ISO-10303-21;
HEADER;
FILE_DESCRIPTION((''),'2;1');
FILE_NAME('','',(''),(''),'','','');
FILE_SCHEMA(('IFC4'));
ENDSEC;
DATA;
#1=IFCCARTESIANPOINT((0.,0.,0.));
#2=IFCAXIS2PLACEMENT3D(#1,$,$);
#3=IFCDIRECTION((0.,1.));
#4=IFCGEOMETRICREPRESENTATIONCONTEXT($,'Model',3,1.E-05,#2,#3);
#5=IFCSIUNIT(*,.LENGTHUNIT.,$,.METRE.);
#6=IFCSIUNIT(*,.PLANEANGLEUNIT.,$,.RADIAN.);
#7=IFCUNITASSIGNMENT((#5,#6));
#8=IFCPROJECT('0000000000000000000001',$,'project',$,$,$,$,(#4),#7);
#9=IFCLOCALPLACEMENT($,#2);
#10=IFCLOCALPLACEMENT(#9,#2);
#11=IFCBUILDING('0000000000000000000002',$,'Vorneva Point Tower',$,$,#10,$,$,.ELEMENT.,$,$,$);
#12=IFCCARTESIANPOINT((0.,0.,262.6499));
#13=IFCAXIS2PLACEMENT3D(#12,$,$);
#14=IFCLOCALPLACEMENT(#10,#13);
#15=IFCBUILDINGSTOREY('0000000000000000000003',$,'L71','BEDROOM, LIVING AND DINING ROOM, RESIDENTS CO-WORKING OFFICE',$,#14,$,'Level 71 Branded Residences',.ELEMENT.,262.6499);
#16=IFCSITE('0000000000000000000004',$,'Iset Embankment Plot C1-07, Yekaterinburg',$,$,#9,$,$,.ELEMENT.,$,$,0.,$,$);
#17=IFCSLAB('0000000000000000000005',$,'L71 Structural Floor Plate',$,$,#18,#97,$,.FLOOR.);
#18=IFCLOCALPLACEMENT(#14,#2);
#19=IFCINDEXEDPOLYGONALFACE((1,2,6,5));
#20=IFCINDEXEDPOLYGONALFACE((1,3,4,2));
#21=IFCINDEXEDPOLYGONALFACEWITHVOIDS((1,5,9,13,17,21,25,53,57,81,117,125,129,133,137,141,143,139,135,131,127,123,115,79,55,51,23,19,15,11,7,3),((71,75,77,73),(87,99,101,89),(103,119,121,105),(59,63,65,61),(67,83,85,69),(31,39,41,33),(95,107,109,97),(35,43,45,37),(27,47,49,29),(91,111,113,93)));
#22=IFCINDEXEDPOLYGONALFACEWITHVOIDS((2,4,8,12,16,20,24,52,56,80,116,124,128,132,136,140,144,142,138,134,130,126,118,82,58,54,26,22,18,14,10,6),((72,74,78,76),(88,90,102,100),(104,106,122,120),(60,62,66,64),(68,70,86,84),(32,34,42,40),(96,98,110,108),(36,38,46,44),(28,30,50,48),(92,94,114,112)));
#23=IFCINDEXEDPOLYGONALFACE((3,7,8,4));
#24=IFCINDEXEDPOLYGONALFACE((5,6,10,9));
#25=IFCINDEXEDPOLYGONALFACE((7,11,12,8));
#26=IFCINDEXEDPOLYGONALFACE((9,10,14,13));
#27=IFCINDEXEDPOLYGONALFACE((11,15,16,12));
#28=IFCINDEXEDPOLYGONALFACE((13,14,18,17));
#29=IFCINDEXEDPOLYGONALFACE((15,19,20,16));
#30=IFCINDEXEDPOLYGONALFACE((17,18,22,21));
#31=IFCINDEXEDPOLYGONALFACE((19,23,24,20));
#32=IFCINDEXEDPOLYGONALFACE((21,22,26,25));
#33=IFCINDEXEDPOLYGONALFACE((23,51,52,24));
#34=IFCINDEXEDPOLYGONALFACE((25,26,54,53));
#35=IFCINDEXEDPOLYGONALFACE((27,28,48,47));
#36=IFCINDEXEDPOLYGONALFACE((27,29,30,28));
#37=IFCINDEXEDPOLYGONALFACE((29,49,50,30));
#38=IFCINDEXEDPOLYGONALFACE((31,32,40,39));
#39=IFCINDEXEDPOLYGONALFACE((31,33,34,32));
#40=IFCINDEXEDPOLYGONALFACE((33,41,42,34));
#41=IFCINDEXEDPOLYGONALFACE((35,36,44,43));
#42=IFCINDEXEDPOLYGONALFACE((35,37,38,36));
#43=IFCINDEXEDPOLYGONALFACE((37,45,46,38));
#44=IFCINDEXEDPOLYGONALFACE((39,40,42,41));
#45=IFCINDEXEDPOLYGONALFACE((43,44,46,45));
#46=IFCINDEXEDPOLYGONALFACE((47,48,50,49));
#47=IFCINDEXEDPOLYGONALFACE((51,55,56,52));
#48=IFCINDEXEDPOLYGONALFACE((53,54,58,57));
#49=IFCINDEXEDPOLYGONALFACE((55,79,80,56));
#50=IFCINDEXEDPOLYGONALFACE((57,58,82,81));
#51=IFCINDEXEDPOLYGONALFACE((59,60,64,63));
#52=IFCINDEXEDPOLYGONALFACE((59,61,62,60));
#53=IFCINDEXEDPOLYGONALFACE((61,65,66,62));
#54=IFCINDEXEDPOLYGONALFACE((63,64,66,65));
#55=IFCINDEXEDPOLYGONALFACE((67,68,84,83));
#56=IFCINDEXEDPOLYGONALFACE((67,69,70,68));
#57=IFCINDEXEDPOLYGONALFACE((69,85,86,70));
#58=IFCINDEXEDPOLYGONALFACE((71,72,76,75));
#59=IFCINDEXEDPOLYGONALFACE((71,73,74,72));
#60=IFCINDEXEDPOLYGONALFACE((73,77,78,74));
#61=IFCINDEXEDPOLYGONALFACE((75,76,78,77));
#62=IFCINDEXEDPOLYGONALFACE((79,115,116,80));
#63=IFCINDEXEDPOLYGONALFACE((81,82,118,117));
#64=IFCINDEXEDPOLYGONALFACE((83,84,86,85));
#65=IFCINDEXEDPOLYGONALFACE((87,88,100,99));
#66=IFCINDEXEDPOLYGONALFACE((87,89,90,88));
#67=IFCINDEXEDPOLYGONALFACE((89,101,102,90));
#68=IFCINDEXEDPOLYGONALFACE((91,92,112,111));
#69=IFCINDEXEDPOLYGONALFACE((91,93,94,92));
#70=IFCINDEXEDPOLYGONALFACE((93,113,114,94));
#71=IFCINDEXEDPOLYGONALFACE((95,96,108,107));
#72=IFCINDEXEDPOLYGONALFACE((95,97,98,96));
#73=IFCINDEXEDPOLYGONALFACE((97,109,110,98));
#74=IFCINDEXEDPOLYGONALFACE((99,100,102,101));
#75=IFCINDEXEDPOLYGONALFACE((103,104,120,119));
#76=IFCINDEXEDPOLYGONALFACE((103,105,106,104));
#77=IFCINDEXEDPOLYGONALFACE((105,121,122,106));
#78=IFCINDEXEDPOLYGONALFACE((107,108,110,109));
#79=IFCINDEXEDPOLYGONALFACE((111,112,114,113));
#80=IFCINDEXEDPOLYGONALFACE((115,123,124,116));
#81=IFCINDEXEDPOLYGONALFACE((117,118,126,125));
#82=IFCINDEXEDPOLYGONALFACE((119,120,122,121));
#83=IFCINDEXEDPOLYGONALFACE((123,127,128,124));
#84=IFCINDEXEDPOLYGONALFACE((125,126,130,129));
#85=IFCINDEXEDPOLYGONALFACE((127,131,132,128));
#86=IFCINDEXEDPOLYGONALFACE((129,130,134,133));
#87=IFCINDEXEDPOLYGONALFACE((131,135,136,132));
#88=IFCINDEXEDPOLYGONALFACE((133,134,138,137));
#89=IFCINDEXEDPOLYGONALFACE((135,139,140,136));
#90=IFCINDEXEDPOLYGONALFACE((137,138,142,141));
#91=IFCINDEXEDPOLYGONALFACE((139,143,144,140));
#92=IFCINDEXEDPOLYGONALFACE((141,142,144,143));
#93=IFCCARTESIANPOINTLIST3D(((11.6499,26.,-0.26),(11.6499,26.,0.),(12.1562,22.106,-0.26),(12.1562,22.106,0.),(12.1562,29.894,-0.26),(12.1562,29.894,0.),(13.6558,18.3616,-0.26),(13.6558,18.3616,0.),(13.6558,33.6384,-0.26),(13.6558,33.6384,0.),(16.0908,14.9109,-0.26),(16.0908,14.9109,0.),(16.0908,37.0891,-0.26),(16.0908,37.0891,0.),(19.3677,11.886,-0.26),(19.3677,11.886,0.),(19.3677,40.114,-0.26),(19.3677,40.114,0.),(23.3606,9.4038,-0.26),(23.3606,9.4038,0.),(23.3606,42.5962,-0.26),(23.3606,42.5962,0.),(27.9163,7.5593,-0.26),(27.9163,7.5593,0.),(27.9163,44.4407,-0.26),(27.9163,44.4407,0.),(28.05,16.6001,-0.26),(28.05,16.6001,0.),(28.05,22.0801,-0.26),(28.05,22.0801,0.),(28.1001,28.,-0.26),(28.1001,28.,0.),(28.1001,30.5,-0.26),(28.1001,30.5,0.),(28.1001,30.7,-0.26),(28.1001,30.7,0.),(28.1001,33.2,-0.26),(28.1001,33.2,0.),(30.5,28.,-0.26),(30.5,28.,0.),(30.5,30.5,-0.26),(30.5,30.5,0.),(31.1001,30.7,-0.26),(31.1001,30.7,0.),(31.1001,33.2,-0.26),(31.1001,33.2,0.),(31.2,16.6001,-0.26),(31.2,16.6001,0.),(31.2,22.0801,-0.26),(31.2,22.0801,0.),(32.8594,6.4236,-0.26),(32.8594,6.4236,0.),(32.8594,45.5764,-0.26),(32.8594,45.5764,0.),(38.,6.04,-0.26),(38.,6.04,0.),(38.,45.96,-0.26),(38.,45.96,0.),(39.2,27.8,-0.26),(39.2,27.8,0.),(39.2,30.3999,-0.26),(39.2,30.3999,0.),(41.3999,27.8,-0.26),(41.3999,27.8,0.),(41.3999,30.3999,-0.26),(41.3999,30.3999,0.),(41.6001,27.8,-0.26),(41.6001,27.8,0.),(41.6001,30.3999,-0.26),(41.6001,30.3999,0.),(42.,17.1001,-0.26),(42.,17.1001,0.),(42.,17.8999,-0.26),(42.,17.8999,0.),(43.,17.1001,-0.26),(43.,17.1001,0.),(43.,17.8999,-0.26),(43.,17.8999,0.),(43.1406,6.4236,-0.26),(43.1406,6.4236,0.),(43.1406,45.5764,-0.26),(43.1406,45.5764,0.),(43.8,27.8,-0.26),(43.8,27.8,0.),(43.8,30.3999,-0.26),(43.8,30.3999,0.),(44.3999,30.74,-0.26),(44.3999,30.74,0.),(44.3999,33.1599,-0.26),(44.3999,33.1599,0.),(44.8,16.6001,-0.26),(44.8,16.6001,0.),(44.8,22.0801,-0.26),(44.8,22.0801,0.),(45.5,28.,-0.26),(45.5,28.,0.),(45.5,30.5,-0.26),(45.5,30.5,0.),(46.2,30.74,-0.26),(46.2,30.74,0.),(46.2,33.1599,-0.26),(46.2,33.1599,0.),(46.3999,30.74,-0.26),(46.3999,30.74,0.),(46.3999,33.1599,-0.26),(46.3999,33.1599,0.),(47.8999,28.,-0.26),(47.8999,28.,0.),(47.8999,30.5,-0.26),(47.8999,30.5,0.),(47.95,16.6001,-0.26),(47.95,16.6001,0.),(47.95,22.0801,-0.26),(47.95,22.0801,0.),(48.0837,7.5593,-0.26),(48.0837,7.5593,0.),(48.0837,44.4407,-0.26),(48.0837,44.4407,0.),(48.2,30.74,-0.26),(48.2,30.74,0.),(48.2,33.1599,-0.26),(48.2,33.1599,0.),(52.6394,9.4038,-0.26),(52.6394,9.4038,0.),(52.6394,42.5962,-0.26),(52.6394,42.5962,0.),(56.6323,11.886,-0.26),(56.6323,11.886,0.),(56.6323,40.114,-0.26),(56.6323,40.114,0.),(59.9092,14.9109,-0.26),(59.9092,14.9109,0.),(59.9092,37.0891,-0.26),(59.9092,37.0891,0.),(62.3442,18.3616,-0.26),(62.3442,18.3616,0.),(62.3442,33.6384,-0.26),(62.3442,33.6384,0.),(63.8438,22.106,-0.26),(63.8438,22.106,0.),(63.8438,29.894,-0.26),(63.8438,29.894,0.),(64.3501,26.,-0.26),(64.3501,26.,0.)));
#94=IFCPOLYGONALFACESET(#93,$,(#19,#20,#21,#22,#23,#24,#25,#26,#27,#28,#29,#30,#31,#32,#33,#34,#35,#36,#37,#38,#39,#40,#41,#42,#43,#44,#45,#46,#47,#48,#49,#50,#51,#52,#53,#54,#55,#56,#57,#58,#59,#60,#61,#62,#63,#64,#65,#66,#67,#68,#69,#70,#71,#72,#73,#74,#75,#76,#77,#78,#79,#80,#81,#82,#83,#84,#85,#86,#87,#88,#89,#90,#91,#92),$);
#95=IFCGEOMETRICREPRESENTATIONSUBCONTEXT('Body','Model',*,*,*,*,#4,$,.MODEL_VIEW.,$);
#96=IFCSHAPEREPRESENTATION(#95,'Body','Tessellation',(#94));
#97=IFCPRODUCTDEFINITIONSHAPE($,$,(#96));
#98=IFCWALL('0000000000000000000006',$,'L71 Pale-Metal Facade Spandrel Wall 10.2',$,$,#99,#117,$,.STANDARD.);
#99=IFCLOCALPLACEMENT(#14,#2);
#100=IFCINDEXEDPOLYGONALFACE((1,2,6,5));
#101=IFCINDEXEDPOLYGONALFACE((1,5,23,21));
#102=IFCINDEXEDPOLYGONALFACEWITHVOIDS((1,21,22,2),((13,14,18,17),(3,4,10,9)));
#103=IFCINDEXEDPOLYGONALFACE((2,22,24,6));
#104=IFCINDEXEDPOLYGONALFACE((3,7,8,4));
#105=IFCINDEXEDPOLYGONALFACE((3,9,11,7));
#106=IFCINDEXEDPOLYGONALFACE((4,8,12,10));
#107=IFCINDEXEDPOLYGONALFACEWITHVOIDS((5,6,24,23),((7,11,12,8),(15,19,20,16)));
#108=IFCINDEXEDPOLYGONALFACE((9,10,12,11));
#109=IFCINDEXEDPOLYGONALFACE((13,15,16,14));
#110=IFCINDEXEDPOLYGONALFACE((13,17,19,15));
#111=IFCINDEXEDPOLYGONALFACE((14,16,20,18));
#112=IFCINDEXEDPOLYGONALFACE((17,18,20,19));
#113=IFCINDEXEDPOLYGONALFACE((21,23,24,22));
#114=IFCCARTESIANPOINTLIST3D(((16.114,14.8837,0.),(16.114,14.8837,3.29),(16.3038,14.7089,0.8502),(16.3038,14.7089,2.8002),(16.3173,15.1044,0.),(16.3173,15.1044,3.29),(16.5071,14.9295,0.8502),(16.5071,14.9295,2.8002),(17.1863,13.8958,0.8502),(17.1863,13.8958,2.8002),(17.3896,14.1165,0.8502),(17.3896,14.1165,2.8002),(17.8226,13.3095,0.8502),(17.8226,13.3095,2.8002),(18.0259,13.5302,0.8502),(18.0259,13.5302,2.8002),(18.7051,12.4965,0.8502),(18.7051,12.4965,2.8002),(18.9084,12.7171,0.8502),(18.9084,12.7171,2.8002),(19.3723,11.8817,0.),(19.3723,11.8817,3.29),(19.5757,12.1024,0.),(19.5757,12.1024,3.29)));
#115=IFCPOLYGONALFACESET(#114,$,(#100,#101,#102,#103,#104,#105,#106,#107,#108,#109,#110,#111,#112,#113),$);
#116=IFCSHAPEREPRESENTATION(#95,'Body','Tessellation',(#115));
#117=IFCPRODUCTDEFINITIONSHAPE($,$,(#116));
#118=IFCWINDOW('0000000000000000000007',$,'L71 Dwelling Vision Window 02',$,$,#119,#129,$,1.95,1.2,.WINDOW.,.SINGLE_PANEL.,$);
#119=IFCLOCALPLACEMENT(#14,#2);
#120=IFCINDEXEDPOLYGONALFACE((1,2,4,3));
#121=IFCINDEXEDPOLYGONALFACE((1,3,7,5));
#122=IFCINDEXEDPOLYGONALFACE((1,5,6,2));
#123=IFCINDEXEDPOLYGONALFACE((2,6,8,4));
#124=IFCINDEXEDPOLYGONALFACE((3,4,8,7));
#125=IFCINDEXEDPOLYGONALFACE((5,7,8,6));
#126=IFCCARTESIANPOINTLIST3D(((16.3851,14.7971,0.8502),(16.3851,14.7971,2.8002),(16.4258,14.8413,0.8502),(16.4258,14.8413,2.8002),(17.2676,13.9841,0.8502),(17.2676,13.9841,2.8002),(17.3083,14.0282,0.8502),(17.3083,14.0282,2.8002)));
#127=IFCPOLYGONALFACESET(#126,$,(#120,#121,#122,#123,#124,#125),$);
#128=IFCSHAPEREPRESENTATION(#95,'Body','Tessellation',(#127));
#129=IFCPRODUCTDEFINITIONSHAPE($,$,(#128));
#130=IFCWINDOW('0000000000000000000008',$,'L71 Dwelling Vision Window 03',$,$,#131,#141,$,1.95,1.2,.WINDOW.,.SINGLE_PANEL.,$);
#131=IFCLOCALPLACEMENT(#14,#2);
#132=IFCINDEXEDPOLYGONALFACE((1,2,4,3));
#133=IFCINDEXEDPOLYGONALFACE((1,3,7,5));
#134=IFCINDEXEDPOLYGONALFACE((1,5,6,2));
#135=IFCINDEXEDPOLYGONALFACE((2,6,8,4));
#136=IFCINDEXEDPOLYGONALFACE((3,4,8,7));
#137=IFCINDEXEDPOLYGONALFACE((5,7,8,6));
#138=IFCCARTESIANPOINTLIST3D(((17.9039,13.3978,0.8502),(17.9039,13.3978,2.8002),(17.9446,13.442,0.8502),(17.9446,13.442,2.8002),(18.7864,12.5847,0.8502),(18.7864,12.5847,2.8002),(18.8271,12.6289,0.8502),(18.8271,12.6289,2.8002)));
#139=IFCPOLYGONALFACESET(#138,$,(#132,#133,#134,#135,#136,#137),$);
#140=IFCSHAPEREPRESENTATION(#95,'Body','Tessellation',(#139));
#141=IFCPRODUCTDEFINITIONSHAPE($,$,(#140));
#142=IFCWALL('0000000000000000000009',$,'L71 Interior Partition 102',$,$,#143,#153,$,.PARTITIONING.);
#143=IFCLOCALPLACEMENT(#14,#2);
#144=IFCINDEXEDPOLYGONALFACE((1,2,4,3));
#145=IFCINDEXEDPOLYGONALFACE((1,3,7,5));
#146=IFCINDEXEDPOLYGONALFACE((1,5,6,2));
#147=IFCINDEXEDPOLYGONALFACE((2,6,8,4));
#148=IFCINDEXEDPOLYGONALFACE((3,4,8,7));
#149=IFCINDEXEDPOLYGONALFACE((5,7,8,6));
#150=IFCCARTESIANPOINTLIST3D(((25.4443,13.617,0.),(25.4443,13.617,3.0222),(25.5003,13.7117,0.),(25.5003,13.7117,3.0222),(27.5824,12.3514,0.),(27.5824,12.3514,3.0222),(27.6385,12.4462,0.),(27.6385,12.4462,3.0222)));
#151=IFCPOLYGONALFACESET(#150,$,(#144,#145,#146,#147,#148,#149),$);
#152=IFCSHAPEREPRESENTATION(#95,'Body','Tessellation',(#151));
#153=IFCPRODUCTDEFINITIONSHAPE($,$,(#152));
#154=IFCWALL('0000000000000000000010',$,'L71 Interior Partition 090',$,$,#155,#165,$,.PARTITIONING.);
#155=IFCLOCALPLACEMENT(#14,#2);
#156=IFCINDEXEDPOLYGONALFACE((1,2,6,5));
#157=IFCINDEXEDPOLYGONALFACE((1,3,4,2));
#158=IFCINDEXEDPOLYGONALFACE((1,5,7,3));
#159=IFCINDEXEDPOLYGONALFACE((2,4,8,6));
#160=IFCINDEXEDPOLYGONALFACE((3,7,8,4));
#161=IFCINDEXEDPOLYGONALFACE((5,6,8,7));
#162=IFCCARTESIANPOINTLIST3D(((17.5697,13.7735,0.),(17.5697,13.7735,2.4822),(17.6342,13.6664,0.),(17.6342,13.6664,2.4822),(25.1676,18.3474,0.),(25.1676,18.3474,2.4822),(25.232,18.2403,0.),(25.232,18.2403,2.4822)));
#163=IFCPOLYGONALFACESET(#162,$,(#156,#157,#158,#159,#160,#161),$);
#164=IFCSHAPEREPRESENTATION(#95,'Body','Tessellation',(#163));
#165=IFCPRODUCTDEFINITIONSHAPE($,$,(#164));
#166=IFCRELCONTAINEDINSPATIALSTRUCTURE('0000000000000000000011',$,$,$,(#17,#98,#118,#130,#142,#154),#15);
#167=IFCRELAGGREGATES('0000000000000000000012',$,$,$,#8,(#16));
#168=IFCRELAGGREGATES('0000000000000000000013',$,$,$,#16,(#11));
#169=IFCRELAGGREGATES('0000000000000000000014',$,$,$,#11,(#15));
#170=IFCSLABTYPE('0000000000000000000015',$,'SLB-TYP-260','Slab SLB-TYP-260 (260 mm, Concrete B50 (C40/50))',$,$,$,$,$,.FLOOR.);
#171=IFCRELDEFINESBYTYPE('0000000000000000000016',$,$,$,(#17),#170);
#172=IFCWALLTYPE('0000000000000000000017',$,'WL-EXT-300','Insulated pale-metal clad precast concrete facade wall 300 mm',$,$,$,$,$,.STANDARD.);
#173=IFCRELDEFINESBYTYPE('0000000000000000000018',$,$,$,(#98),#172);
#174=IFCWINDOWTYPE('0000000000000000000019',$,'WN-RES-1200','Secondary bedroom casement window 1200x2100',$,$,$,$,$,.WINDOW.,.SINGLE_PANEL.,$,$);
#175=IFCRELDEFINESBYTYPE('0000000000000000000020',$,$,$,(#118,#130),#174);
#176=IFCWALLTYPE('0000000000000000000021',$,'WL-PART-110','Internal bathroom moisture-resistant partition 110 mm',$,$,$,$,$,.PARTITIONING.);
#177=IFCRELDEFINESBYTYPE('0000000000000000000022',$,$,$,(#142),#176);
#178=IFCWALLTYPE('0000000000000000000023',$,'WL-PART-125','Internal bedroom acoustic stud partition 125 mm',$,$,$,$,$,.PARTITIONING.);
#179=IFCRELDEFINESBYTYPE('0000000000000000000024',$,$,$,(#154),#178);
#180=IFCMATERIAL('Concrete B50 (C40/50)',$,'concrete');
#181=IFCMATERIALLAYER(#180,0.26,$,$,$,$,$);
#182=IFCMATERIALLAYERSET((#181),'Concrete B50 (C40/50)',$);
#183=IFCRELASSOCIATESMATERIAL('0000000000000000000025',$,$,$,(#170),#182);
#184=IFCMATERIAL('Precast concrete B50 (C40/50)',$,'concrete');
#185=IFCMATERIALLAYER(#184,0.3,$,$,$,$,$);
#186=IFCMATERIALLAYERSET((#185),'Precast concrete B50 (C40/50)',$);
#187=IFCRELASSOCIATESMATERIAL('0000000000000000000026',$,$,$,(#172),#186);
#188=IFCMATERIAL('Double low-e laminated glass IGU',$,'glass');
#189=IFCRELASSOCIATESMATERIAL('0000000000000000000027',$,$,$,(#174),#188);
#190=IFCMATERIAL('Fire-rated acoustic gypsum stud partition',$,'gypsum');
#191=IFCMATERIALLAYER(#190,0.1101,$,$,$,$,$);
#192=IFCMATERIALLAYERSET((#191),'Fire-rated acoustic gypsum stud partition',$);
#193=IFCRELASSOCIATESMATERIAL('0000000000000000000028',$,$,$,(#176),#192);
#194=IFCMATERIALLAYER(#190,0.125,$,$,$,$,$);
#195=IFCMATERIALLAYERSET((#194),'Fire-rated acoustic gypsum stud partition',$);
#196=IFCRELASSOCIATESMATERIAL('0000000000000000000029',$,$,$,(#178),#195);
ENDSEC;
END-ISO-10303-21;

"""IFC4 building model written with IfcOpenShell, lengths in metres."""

from ifc_helpers import new_model, si_unit, direction, frame, frame_2d, origin, place, context, subcontext, project, spatial, polyline, rectangle, outline, extrude, material, layer, layer_set, type_object, element, fill, save


model = new_model("IFC4")

# Units and contexts
model_context = context("Model", 3, precision=1e-05, world=origin(), true_north=direction((0.0, 1.0)))
body_context = subcontext(model_context, "Body", "Model", "MODEL_VIEW")
ifc_project = project(units=[si_unit("LENGTHUNIT", "METRE"), si_unit("PLANEANGLEUNIT", "RADIAN")], contexts=[model_context])

# Site, building, storey
site_placement = place(None, origin())
site = spatial("IfcSite", under=ifc_project, at=site_placement, Name="Iset Embankment Plot C1-07, Yekaterinburg", CompositionType="ELEMENT", RefElevation=0.0)
building_placement = place(site_placement, origin())
building = spatial("IfcBuilding", under=site, at=building_placement, Name="Vorneva Point Tower", CompositionType="ELEMENT")
storey_placement = place(building_placement, frame((0.0, 0.0, 262.6499)))
storey = spatial("IfcBuildingStorey", under=building, at=storey_placement, Name="L71", Description="BEDROOM, LIVING AND DINING ROOM, RESIDENTS CO-WORKING OFFICE", LongName="Level 71 Branded Residences", CompositionType="ELEMENT", Elevation=262.6499)

# Shared definitions
ifc_material_1 = material(Name="Concrete B50 (C40/50)", Category="concrete")

# Shared definitions
ifc_material_2 = material(Name="Double low-e laminated glass IGU", Category="glass")

# Slab
ifc_layer_1 = layer(ifc_material_1, 0.26)
ifc_layer_set_1 = layer_set([ifc_layer_1], Name="Concrete B50 (C40/50)")
slab_type_1 = type_object("IfcSlabType", Name="SLB-TYP-260", Description="Slab SLB-TYP-260 (260 mm, Concrete B50 (C40/50))", PredefinedType="FLOOR", material=ifc_layer_set_1)
slab_1_placement = place(storey_placement, frame((0.0, 0.0, -0.26)))
element("IfcSlab", 1, at=slab_1_placement, inside=storey, type_object=slab_type_1, Name="L71 Structural Floor Plate", PredefinedType="FLOOR", context=body_context, shape_type="SweptSolid", body=[
    extrude(outline(polyline([(64.3501, 26.0), (63.8438, 29.894), (62.3442, 33.6384), (59.9092, 37.0891), (56.6323, 40.114), (52.6394, 42.5962), (48.0837, 44.4407), (43.1406, 45.5764), (38.0, 45.96), (32.8594, 45.5764), (27.9163, 44.4407), (23.3606, 42.5962), (19.3677, 40.114), (16.0908, 37.0891), (13.6558, 33.6384), (12.1562, 29.894), (11.6499, 26.0), (12.1562, 22.106), (13.6558, 18.3616), (16.0908, 14.9109), (19.3677, 11.886), (23.3606, 9.4038), (27.9163, 7.5593), (32.8594, 6.4236), (38.0, 6.04), (43.1406, 6.4236), (48.0837, 7.5593), (52.6394, 9.4038), (56.6323, 11.886), (59.9092, 14.9109), (62.3442, 18.3616), (63.8438, 22.106), (64.3501, 26.0)]), holes=[polyline([(39.2, 27.8), (41.3999, 27.8), (41.3999, 30.3999), (39.2, 30.3999), (39.2, 27.8)]), polyline([(41.6001, 27.8), (43.8, 27.8), (43.8, 30.3999), (41.6001, 30.3999), (41.6001, 27.8)]), polyline([(44.3999, 30.74), (46.2, 30.74), (46.2, 33.1599), (44.3999, 33.1599), (44.3999, 30.74)]), polyline([(46.3999, 30.74), (48.2, 30.74), (48.2, 33.1599), (46.3999, 33.1599), (46.3999, 30.74)]), polyline([(28.1001, 28.0), (30.5, 28.0), (30.5, 30.5), (28.1001, 30.5), (28.1001, 28.0)]), polyline([(45.5, 28.0), (47.8999, 28.0), (47.8999, 30.5), (45.5, 30.5), (45.5, 28.0)]), polyline([(28.1001, 30.7), (31.1001, 30.7), (31.1001, 33.2), (28.1001, 33.2), (28.1001, 30.7)]), polyline([(28.05, 16.6001), (31.2, 16.6001), (31.2, 22.0801), (28.05, 22.0801), (28.05, 16.6001)]), polyline([(44.8, 16.6001), (47.95, 16.6001), (47.95, 22.0801), (44.8, 22.0801), (44.8, 16.6001)]), polyline([(42.0, 17.1001), (43.0, 17.1001), (43.0, 17.8999), (42.0, 17.8999), (42.0, 17.1001)])]), origin(), (0.0, 0.0, 1.0), 0.26),
])

# Wall, openings, windows
ifc_material_3 = material(Name="Precast concrete B50 (C40/50)", Category="concrete")
ifc_layer_2 = layer(ifc_material_3, 0.3)
ifc_layer_set_2 = layer_set([ifc_layer_2], Name="Precast concrete B50 (C40/50)")
wall_type_1 = type_object("IfcWallType", Name="WL-EXT-300", Description="Insulated pale-metal clad precast concrete facade wall 300 mm", PredefinedType="STANDARD", material=ifc_layer_set_2)
wall_1_placement = place(storey_placement, frame((16.2156, 14.9941, 0.0), z_axis=(0.0, 0.0, 1.0), x_axis=(0.735445, -0.677584, 0.0)))
wall_1 = element("IfcWall", 2, at=wall_1_placement, inside=storey, type_object=wall_type_1, Name="L71 Pale-Metal Facade Spandrel Wall 10.2", PredefinedType="STANDARD", context=body_context, shape_type="SweptSolid", body=[
    extrude(rectangle(XDim=4.4304, YDim=0.3, at=frame_2d((2.2153, 0.0))), origin(), (0.0, 0.0, 1.0), 3.29),
])
opening_1_placement = place(wall_1_placement, frame((0.2581, 0.0, 0.8501)))
opening_1 = element("IfcOpeningElement", 3, at=opening_1_placement, cuts=wall_1, PredefinedType="OPENING", context=body_context, shape_type="SweptSolid", body=[
    extrude(rectangle(XDim=1.2, YDim=1.95, at=frame_2d((0.6001, 0.9751))), frame((0.0, 0.165, 0.0), z_axis=(0.0, -1.0, 0.0), x_axis=(1.0, 0.0, 0.0)), (0.0, 0.0, 1.0), 0.3298),
])
opening_2_placement = place(wall_1_placement, frame((2.3232, 0.0, 0.8501)))
opening_2 = element("IfcOpeningElement", 4, at=opening_2_placement, cuts=wall_1, PredefinedType="OPENING", context=body_context, shape_type="SweptSolid", body=[
    extrude(rectangle(XDim=1.2, YDim=1.95, at=frame_2d((0.6001, 0.9751))), frame((0.0, 0.165, 0.0), z_axis=(0.0, -1.0, 0.0), x_axis=(1.0, 0.0, 0.0)), (0.0, 0.0, 1.0), 0.3298),
])
window_type = type_object("IfcWindowType", Name="WN-RES-1200", Description="Secondary bedroom casement window 1200x2100", PartitioningType="SINGLE_PANEL", PredefinedType="WINDOW", material=ifc_material_2)
window_1_placement = place(opening_1_placement, origin())
window_1 = element("IfcWindow", 5, at=window_1_placement, inside=storey, type_object=window_type, Name="L71 Dwelling Vision Window 02", OverallHeight=1.95, OverallWidth=1.2, PartitioningType="SINGLE_PANEL", PredefinedType="WINDOW", context=body_context, shape_type="SweptSolid", body=[
    extrude(rectangle(XDim=1.2, YDim=1.95, at=frame_2d((0.6001, 0.9751))), frame((0.0, 0.03, 0.0), z_axis=(0.0, -1.0, 0.0), x_axis=(1.0, 0.0, 0.0)), (0.0, 0.0, 1.0), 0.0601),
])
fill(opening_1, window_1)
window_2_placement = place(opening_2_placement, origin())
window_2 = element("IfcWindow", 6, at=window_2_placement, inside=storey, type_object=window_type, Name="L71 Dwelling Vision Window 03", OverallHeight=1.95, OverallWidth=1.2, PartitioningType="SINGLE_PANEL", PredefinedType="WINDOW", context=body_context, shape_type="SweptSolid", body=[
    extrude(rectangle(XDim=1.2, YDim=1.95, at=frame_2d((0.6001, 0.9751))), frame((0.0, 0.03, 0.0), z_axis=(0.0, -1.0, 0.0), x_axis=(1.0, 0.0, 0.0)), (0.0, 0.0, 1.0), 0.0601),
])
fill(opening_2, window_2)

# Walls
ifc_material_4 = material(Name="Fire-rated acoustic gypsum stud partition", Category="gypsum")
ifc_layer_3 = layer(ifc_material_4, 0.1101)
ifc_layer_set_3 = layer_set([ifc_layer_3], Name="Fire-rated acoustic gypsum stud partition")
wall_type_2 = type_object("IfcWallType", Name="WL-PART-110", Description="Internal bathroom moisture-resistant partition 110 mm", PredefinedType="PARTITIONING", material=ifc_layer_set_3)
wall_2_placement = place(storey_placement, frame((25.4724, 13.6643, 0.0), z_axis=(0.0, 0.0, 1.0), x_axis=(0.860547, -0.509371, 0.0)))
element("IfcWall", 7, at=wall_2_placement, inside=storey, type_object=wall_type_2, Name="L71 Interior Partition 102", PredefinedType="PARTITIONING", context=body_context, shape_type="SweptSolid", body=[
    extrude(rectangle(XDim=2.4846, YDim=0.1101, at=frame_2d((1.2422, 0.0))), origin(), (0.0, 0.0, 1.0), 3.0222),
])
ifc_layer_4 = layer(ifc_material_4, 0.125)
ifc_layer_set_4 = layer_set([ifc_layer_4], Name="Fire-rated acoustic gypsum stud partition")
wall_type_3 = type_object("IfcWallType", Name="WL-PART-125", Description="Internal bedroom acoustic stud partition 125 mm", PredefinedType="PARTITIONING", material=ifc_layer_set_4)
wall_3_placement = place(storey_placement, frame((17.6021, 13.72, 0.0), z_axis=(0.0, 0.0, 1.0), x_axis=(0.856734, 0.515758, 0.0)))
element("IfcWall", 8, at=wall_3_placement, inside=storey, type_object=wall_type_3, Name="L71 Interior Partition 090", PredefinedType="PARTITIONING", context=body_context, shape_type="SweptSolid", body=[
    extrude(rectangle(XDim=8.8684, YDim=0.125, at=frame_2d((4.4341, 0.0))), origin(), (0.0, 0.0, 1.0), 2.4822),
])

save(model, "model.ifc")
